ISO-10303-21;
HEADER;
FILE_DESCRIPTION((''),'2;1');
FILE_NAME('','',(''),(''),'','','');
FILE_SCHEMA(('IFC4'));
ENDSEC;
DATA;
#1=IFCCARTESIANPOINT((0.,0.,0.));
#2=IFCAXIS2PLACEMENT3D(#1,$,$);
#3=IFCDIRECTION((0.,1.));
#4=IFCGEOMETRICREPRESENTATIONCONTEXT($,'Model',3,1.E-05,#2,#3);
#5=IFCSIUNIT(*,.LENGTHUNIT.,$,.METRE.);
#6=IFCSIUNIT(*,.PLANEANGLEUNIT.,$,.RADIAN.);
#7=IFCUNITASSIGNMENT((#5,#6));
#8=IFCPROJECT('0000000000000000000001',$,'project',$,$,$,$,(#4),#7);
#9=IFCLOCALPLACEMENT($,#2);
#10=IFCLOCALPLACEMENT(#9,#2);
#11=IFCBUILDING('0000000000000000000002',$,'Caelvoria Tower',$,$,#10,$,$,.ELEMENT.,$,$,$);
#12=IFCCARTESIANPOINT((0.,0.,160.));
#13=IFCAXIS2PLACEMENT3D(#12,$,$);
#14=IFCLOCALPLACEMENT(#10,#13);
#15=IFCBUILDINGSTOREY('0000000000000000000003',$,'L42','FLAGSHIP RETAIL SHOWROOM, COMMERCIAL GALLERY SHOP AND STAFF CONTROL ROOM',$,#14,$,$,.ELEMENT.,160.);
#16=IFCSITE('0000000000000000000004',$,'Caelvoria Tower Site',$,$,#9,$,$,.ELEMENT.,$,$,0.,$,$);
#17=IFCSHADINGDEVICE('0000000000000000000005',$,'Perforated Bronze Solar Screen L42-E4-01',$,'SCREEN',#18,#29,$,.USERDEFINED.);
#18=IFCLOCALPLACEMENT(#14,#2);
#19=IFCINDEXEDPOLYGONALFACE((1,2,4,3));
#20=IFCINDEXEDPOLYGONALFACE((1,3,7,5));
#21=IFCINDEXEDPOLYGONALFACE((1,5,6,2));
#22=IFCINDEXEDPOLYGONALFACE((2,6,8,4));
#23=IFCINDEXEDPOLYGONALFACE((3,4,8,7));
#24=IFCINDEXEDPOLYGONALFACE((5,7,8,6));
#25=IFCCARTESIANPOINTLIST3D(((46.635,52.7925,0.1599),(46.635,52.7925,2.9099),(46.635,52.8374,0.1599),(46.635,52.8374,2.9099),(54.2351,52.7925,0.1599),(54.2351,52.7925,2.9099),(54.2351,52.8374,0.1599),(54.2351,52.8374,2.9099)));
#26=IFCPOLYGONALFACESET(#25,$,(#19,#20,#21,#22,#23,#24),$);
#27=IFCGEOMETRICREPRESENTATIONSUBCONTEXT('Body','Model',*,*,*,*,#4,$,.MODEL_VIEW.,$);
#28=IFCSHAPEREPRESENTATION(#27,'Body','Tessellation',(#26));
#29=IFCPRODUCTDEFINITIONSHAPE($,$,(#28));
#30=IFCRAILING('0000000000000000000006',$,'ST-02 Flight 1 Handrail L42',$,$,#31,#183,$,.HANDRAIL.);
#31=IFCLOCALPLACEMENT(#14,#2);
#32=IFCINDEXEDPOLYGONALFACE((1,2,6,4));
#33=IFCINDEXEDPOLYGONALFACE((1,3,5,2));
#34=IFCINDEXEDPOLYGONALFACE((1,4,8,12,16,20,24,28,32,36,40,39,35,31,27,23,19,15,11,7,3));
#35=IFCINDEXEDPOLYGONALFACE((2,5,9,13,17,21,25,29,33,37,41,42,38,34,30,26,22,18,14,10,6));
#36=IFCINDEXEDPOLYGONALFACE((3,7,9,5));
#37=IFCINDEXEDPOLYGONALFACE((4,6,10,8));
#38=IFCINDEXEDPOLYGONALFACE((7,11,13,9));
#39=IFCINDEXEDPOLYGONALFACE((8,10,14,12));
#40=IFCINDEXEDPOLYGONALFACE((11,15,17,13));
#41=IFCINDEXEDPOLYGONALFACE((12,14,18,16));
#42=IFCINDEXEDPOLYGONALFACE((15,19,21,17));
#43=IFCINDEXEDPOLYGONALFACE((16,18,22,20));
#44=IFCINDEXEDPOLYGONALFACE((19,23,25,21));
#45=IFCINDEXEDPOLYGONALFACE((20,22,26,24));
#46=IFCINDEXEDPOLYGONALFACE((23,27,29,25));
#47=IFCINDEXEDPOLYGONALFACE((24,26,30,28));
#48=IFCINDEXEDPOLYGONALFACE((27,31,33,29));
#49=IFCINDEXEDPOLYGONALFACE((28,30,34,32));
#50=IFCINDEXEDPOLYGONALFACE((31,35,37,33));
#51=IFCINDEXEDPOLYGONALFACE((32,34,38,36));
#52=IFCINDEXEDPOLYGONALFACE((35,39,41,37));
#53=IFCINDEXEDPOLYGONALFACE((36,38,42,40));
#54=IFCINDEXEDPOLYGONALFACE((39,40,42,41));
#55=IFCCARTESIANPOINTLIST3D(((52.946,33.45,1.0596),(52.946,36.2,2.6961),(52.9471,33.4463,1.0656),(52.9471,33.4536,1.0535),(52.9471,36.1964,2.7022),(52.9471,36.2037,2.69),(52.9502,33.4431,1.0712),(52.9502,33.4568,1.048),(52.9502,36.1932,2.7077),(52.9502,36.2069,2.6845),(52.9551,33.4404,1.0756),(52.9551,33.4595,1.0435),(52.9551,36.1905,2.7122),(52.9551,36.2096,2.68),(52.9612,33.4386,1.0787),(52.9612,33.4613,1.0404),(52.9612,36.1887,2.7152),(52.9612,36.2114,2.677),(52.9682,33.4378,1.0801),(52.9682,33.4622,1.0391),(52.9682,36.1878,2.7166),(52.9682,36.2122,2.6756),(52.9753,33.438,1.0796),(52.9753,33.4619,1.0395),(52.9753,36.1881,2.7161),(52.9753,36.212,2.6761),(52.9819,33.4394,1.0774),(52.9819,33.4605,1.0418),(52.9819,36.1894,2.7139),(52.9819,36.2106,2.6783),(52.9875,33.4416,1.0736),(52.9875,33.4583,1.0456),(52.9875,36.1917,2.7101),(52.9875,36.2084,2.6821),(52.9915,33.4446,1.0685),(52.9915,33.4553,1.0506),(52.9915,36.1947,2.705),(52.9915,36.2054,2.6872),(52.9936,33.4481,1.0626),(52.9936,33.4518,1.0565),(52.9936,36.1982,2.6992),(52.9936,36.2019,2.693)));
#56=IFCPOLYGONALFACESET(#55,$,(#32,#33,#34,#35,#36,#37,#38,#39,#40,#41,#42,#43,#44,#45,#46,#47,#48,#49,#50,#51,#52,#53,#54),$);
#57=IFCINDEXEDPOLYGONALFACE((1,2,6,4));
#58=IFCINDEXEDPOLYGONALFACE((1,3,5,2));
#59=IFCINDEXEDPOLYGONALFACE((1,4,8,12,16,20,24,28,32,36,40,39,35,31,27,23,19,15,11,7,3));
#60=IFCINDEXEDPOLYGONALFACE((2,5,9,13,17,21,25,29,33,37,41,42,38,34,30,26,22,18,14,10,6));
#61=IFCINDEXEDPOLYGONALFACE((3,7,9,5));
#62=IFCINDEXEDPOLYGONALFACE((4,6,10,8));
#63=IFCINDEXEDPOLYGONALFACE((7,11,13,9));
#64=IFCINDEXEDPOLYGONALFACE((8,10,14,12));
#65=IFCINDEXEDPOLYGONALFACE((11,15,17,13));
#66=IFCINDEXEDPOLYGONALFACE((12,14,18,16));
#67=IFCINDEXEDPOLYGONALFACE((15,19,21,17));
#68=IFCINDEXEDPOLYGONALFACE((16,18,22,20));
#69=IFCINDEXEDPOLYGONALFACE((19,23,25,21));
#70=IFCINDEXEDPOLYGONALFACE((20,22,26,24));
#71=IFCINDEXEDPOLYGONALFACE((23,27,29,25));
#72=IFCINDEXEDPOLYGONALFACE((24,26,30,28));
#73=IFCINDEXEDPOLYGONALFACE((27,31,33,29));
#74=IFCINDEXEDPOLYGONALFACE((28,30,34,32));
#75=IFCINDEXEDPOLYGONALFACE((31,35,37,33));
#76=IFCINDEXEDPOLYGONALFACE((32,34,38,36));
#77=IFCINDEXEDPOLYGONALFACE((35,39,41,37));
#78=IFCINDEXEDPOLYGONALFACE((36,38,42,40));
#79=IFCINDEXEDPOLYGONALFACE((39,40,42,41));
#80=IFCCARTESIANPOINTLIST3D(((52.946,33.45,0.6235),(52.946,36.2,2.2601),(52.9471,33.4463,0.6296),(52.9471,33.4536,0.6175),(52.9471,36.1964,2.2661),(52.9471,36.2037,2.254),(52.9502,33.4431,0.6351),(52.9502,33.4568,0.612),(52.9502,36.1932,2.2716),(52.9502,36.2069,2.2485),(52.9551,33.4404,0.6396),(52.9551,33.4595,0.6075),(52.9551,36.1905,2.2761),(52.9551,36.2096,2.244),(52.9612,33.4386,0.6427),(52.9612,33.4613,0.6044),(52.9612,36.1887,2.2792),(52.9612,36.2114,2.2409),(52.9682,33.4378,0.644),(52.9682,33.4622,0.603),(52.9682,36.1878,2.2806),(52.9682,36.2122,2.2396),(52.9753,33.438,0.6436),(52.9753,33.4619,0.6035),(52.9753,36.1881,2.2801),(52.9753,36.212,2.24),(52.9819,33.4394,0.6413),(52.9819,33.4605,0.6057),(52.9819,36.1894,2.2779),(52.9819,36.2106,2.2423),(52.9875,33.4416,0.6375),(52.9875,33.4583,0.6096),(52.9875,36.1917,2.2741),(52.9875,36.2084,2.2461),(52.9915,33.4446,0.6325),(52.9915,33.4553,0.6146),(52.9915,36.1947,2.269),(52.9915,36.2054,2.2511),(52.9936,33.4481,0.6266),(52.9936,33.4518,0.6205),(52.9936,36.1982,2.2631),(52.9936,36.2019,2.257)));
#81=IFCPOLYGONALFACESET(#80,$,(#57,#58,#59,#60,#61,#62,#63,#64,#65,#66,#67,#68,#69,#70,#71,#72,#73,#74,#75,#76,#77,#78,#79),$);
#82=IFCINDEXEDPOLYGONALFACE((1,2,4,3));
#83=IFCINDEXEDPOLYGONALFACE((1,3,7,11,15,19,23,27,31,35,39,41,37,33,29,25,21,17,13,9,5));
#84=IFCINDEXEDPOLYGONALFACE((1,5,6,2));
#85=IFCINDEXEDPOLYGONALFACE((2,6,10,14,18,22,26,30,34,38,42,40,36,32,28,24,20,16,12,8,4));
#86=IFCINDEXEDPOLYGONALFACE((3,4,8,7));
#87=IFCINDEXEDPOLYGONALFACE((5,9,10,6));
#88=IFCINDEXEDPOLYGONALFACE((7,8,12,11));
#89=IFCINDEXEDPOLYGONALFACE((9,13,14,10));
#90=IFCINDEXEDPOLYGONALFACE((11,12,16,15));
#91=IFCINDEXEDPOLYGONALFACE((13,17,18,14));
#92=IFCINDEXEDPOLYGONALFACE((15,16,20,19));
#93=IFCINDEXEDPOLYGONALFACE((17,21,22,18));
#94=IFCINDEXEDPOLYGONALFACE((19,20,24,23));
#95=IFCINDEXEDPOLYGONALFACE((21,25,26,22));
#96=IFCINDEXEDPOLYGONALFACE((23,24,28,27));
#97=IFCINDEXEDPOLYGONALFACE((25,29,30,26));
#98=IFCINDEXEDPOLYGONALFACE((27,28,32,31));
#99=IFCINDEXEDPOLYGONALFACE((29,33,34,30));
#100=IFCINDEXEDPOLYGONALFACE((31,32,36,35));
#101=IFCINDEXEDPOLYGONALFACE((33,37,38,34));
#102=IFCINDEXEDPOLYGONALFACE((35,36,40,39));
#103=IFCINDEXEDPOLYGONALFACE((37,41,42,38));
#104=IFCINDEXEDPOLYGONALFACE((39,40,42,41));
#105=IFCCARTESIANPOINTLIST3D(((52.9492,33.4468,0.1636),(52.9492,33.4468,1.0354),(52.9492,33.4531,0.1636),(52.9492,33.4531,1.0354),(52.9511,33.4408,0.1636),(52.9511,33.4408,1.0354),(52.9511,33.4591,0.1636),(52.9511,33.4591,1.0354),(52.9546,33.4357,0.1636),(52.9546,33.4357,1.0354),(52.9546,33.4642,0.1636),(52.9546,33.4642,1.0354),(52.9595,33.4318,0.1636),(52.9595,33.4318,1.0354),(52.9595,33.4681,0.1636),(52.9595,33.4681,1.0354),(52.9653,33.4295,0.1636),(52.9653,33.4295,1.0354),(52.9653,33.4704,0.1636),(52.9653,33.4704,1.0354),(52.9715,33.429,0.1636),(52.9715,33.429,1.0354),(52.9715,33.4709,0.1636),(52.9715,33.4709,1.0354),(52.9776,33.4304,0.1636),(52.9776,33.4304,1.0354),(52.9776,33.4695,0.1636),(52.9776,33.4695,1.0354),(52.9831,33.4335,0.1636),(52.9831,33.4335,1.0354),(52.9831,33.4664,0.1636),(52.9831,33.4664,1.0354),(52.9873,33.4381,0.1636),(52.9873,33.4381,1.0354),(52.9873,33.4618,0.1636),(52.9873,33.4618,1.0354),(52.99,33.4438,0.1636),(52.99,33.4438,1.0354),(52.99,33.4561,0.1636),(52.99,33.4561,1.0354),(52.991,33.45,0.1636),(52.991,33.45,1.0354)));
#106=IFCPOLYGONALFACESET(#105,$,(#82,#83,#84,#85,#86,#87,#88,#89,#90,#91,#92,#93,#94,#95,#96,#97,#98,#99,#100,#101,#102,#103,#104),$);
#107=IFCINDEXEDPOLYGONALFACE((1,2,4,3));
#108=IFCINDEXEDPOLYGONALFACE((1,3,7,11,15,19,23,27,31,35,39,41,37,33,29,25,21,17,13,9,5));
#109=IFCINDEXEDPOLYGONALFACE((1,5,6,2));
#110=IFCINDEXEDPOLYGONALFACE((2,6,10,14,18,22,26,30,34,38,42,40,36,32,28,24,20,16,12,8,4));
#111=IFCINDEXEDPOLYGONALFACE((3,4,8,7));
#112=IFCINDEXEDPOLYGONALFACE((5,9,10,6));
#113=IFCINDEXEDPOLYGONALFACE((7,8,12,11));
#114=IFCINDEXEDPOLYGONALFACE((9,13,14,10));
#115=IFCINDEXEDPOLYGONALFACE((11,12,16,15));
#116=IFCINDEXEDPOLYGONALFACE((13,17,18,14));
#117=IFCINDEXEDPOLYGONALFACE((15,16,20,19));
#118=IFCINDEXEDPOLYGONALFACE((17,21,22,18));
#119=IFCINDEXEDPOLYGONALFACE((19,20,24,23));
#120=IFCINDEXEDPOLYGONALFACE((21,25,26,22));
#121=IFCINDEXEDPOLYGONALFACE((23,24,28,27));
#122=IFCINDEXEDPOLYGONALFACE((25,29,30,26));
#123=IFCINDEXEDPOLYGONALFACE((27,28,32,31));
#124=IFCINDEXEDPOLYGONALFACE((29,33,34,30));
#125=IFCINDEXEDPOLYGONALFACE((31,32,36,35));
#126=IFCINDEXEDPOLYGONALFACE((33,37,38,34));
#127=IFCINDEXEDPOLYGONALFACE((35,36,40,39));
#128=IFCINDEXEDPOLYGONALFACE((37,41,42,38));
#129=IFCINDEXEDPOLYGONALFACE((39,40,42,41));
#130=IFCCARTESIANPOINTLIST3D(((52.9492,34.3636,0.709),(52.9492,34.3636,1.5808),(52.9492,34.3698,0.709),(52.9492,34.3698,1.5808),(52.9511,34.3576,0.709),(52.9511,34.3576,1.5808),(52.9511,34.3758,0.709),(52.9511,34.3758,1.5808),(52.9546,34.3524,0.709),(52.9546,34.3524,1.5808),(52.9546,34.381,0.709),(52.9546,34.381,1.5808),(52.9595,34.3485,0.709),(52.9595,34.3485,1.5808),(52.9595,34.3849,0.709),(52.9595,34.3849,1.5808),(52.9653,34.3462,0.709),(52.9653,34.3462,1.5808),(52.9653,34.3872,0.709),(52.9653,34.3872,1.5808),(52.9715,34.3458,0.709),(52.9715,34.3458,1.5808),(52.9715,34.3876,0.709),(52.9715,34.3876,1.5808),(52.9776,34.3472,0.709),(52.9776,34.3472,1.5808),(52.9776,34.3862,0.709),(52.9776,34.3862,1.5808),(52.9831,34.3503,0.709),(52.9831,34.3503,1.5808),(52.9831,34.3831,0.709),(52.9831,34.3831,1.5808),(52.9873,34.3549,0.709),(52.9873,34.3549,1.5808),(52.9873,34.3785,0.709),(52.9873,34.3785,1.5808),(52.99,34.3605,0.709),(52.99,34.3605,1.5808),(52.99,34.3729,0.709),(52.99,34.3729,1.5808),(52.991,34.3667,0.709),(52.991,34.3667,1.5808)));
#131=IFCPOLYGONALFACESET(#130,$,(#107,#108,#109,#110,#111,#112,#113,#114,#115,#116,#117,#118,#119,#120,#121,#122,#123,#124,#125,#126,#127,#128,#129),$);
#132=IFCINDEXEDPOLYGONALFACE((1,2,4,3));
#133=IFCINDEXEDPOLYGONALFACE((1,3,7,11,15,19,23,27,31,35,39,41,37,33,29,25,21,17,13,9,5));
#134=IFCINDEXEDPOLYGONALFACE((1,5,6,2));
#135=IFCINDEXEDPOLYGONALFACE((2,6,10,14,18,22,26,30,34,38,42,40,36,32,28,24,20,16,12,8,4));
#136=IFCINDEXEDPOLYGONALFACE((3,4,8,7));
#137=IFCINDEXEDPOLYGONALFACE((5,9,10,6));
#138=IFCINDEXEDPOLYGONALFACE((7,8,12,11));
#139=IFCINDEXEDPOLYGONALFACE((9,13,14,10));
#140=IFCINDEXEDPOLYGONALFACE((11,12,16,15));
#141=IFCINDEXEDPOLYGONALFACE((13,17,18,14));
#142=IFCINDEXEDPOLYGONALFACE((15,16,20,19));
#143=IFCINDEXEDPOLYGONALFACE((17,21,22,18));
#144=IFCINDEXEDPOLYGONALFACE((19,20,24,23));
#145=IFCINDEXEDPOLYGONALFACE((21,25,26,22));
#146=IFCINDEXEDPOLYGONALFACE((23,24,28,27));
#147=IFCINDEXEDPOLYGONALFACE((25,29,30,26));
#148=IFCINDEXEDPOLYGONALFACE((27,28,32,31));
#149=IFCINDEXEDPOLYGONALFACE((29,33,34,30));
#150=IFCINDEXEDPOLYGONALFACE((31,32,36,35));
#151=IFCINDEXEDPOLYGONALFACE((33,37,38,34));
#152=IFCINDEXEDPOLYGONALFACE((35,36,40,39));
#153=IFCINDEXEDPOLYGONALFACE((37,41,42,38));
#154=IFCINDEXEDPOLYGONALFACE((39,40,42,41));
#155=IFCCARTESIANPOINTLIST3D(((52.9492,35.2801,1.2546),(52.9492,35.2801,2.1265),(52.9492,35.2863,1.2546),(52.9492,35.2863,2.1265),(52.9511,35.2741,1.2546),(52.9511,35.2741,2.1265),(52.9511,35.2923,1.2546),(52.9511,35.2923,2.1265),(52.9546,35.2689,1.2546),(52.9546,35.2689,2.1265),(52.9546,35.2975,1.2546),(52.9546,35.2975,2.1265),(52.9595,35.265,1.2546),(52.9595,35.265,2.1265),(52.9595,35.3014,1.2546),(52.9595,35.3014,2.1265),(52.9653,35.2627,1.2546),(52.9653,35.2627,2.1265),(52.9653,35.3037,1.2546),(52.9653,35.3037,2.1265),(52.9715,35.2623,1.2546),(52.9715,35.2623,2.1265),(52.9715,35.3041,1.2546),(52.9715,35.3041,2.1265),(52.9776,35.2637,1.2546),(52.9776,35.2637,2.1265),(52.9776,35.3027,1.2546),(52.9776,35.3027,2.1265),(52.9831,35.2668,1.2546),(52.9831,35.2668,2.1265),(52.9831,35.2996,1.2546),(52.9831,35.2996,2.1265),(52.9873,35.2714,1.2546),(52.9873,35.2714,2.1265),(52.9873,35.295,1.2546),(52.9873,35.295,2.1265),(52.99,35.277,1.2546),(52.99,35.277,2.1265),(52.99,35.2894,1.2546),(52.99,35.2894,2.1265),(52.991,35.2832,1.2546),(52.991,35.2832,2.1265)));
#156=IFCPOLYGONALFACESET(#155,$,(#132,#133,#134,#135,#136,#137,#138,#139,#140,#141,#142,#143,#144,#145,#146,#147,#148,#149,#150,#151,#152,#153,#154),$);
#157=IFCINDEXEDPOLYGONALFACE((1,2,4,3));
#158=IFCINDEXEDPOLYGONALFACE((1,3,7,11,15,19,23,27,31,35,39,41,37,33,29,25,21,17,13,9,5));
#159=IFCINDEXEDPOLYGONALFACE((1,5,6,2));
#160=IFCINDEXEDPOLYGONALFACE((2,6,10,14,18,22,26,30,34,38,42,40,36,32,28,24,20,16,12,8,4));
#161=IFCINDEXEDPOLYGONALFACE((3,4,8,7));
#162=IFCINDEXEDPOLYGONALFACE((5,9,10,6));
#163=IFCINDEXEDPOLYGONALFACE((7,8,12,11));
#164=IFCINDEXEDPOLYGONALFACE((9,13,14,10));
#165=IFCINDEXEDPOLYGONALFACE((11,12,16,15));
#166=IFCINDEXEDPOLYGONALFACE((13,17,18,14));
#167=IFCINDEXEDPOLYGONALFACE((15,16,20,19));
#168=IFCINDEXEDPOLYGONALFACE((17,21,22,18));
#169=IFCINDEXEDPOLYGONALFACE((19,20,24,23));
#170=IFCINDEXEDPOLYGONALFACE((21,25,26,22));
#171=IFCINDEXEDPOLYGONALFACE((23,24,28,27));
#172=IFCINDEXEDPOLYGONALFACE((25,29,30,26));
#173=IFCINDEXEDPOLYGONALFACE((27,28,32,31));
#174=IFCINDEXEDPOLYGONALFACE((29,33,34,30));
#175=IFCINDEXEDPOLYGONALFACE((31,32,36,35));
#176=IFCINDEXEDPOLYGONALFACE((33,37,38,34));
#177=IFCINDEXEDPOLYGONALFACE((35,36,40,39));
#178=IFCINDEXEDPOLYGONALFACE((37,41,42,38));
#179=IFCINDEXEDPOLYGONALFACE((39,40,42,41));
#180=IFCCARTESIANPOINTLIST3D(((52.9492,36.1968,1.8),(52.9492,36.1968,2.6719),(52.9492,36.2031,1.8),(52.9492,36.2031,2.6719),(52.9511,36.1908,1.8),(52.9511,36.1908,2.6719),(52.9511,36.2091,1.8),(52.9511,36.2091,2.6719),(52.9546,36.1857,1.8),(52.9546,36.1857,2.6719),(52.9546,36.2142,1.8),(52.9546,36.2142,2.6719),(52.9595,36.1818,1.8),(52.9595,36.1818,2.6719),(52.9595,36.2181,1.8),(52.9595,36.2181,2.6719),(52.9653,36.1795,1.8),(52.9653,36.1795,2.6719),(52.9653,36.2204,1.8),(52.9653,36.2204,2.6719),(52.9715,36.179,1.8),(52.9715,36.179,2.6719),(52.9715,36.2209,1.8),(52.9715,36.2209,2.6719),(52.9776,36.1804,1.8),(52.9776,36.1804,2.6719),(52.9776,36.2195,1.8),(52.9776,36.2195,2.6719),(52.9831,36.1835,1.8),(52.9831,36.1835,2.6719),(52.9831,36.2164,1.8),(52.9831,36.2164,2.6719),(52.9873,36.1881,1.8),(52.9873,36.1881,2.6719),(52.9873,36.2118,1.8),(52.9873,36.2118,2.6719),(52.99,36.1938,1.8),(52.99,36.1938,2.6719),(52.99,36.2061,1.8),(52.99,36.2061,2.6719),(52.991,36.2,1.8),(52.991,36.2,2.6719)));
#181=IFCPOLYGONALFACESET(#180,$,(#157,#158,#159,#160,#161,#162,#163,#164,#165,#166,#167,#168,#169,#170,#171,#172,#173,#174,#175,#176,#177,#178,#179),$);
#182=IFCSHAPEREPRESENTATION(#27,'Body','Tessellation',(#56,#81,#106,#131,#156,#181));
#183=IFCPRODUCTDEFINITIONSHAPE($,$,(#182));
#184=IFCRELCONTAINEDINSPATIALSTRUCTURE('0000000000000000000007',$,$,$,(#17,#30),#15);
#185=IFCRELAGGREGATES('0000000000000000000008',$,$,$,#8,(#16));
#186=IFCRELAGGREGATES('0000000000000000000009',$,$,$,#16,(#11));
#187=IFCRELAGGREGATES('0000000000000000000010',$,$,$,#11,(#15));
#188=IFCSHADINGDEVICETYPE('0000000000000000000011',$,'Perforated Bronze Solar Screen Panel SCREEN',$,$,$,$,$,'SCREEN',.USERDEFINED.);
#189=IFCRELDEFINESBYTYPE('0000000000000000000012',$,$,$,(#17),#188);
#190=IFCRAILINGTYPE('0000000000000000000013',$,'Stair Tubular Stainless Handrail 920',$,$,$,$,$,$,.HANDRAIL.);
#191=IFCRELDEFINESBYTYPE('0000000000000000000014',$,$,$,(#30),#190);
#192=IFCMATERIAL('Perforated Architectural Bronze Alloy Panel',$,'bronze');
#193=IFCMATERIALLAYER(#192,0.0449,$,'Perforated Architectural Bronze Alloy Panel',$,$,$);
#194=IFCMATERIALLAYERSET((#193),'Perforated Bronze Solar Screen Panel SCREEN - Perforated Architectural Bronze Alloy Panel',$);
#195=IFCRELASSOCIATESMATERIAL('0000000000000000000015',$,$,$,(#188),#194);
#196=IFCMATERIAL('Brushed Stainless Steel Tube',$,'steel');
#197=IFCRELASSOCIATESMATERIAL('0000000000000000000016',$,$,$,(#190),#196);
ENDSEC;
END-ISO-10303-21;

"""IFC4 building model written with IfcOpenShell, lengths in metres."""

from ifc_helpers import new_model, si_unit, direction, frame, origin, origin_2d, place, context, subcontext, project, spatial, rectangle, circle, extrude, material, layer, layer_set, type_object, element, save


model = new_model("IFC4")

# Units and contexts
model_context = context("Model", 3, precision=1e-05, world=origin(), true_north=direction((0.0, 1.0)))
body_context = subcontext(model_context, "Body", "Model", "MODEL_VIEW")
ifc_project = project(units=[si_unit("LENGTHUNIT", "METRE"), si_unit("PLANEANGLEUNIT", "RADIAN")], contexts=[model_context])

# Site, building, storey
site_placement = place(None, origin())
site = spatial("IfcSite", under=ifc_project, at=site_placement, Name="Caelvoria Tower Site", CompositionType="ELEMENT", RefElevation=0.0)
building_placement = place(site_placement, origin())
building = spatial("IfcBuilding", under=site, at=building_placement, Name="Caelvoria Tower", CompositionType="ELEMENT")
storey_placement = place(building_placement, frame((0.0, 0.0, 160.0)))
storey = spatial("IfcBuildingStorey", under=building, at=storey_placement, Name="L42", Description="FLAGSHIP RETAIL SHOWROOM, COMMERCIAL GALLERY SHOP AND STAFF CONTROL ROOM", CompositionType="ELEMENT", Elevation=160.0)

# Shading device
ifc_material_1 = material(Name="Perforated Architectural Bronze Alloy Panel", Category="bronze")
ifc_layer_1 = layer(ifc_material_1, 0.0449, Name="Perforated Architectural Bronze Alloy Panel")
ifc_layer_set_1 = layer_set([ifc_layer_1], Name="Perforated Bronze Solar Screen Panel SCREEN - Perforated Architectural Bronze Alloy Panel")
shading_device_type = type_object("IfcShadingDeviceType", Name="Perforated Bronze Solar Screen Panel SCREEN", ElementType="SCREEN", PredefinedType="USERDEFINED", material=ifc_layer_set_1)
for number, where, z_axis, x_axis, name in (
    (1, (50.4351, 52.8149, 0.1599), (0.0, 0.0, 1.0), (-1.0, 0.0, 0.0), "Perforated Bronze Solar Screen L42-E4-01"),
):
    element("IfcShadingDevice", number, at=place(storey_placement, frame(where, z_axis=z_axis, x_axis=x_axis)), inside=storey, type_object=shading_device_type, Name=name, ObjectType="SCREEN", PredefinedType="USERDEFINED", context=body_context, shape_type="SweptSolid", body=[
        extrude(rectangle(XDim=7.6001, YDim=0.0449, at=origin_2d()), origin(), (0.0, 0.0, 1.0), 2.75),
    ])

# Railing
ifc_material_2 = material(Name="Brushed Stainless Steel Tube", Category="steel")
railing_type_1 = type_object("IfcRailingType", Name="Stair Tubular Stainless Handrail 920", PredefinedType="HANDRAIL", material=ifc_material_2)
railing_1_placement = place(storey_placement, frame((52.97, 33.45, 0.1636)))
element("IfcRailing", 2, at=railing_1_placement, inside=storey, type_object=railing_type_1, Name="ST-02 Flight 1 Handrail L42", PredefinedType="HANDRAIL", context=body_context, shape_type="SweptSolid", body=[
    extrude(circle(Radius=0.0239, at=origin_2d()), frame((0.0, 0.0, 0.896), z_axis=(0.0, 0.859352, 0.511385), x_axis=(-1.0, 0.0, 0.0)), (0.0, 0.0, 1.0), 3.2002),
    extrude(circle(Radius=0.0239, at=origin_2d()), frame((0.0, 0.0, 0.46), z_axis=(0.0, 0.859352, 0.511385), x_axis=(-1.0, 0.0, 0.0)), (0.0, 0.0, 1.0), 3.2002),
    extrude(circle(Radius=0.021, at=origin_2d()), origin(), (0.0, 0.0, 1.0), 0.8718),
    extrude(circle(Radius=0.021, at=origin_2d()), frame((0.0, 0.9167, 0.5454)), (0.0, 0.0, 1.0), 0.8718),
    extrude(circle(Radius=0.021, at=origin_2d()), frame((0.0, 1.8333, 1.0911)), (0.0, 0.0, 1.0), 0.8718),
    extrude(circle(Radius=0.021, at=origin_2d()), frame((0.0, 2.75, 1.6365)), (0.0, 0.0, 1.0), 0.8718),
])

save(model, "model.ifc")
